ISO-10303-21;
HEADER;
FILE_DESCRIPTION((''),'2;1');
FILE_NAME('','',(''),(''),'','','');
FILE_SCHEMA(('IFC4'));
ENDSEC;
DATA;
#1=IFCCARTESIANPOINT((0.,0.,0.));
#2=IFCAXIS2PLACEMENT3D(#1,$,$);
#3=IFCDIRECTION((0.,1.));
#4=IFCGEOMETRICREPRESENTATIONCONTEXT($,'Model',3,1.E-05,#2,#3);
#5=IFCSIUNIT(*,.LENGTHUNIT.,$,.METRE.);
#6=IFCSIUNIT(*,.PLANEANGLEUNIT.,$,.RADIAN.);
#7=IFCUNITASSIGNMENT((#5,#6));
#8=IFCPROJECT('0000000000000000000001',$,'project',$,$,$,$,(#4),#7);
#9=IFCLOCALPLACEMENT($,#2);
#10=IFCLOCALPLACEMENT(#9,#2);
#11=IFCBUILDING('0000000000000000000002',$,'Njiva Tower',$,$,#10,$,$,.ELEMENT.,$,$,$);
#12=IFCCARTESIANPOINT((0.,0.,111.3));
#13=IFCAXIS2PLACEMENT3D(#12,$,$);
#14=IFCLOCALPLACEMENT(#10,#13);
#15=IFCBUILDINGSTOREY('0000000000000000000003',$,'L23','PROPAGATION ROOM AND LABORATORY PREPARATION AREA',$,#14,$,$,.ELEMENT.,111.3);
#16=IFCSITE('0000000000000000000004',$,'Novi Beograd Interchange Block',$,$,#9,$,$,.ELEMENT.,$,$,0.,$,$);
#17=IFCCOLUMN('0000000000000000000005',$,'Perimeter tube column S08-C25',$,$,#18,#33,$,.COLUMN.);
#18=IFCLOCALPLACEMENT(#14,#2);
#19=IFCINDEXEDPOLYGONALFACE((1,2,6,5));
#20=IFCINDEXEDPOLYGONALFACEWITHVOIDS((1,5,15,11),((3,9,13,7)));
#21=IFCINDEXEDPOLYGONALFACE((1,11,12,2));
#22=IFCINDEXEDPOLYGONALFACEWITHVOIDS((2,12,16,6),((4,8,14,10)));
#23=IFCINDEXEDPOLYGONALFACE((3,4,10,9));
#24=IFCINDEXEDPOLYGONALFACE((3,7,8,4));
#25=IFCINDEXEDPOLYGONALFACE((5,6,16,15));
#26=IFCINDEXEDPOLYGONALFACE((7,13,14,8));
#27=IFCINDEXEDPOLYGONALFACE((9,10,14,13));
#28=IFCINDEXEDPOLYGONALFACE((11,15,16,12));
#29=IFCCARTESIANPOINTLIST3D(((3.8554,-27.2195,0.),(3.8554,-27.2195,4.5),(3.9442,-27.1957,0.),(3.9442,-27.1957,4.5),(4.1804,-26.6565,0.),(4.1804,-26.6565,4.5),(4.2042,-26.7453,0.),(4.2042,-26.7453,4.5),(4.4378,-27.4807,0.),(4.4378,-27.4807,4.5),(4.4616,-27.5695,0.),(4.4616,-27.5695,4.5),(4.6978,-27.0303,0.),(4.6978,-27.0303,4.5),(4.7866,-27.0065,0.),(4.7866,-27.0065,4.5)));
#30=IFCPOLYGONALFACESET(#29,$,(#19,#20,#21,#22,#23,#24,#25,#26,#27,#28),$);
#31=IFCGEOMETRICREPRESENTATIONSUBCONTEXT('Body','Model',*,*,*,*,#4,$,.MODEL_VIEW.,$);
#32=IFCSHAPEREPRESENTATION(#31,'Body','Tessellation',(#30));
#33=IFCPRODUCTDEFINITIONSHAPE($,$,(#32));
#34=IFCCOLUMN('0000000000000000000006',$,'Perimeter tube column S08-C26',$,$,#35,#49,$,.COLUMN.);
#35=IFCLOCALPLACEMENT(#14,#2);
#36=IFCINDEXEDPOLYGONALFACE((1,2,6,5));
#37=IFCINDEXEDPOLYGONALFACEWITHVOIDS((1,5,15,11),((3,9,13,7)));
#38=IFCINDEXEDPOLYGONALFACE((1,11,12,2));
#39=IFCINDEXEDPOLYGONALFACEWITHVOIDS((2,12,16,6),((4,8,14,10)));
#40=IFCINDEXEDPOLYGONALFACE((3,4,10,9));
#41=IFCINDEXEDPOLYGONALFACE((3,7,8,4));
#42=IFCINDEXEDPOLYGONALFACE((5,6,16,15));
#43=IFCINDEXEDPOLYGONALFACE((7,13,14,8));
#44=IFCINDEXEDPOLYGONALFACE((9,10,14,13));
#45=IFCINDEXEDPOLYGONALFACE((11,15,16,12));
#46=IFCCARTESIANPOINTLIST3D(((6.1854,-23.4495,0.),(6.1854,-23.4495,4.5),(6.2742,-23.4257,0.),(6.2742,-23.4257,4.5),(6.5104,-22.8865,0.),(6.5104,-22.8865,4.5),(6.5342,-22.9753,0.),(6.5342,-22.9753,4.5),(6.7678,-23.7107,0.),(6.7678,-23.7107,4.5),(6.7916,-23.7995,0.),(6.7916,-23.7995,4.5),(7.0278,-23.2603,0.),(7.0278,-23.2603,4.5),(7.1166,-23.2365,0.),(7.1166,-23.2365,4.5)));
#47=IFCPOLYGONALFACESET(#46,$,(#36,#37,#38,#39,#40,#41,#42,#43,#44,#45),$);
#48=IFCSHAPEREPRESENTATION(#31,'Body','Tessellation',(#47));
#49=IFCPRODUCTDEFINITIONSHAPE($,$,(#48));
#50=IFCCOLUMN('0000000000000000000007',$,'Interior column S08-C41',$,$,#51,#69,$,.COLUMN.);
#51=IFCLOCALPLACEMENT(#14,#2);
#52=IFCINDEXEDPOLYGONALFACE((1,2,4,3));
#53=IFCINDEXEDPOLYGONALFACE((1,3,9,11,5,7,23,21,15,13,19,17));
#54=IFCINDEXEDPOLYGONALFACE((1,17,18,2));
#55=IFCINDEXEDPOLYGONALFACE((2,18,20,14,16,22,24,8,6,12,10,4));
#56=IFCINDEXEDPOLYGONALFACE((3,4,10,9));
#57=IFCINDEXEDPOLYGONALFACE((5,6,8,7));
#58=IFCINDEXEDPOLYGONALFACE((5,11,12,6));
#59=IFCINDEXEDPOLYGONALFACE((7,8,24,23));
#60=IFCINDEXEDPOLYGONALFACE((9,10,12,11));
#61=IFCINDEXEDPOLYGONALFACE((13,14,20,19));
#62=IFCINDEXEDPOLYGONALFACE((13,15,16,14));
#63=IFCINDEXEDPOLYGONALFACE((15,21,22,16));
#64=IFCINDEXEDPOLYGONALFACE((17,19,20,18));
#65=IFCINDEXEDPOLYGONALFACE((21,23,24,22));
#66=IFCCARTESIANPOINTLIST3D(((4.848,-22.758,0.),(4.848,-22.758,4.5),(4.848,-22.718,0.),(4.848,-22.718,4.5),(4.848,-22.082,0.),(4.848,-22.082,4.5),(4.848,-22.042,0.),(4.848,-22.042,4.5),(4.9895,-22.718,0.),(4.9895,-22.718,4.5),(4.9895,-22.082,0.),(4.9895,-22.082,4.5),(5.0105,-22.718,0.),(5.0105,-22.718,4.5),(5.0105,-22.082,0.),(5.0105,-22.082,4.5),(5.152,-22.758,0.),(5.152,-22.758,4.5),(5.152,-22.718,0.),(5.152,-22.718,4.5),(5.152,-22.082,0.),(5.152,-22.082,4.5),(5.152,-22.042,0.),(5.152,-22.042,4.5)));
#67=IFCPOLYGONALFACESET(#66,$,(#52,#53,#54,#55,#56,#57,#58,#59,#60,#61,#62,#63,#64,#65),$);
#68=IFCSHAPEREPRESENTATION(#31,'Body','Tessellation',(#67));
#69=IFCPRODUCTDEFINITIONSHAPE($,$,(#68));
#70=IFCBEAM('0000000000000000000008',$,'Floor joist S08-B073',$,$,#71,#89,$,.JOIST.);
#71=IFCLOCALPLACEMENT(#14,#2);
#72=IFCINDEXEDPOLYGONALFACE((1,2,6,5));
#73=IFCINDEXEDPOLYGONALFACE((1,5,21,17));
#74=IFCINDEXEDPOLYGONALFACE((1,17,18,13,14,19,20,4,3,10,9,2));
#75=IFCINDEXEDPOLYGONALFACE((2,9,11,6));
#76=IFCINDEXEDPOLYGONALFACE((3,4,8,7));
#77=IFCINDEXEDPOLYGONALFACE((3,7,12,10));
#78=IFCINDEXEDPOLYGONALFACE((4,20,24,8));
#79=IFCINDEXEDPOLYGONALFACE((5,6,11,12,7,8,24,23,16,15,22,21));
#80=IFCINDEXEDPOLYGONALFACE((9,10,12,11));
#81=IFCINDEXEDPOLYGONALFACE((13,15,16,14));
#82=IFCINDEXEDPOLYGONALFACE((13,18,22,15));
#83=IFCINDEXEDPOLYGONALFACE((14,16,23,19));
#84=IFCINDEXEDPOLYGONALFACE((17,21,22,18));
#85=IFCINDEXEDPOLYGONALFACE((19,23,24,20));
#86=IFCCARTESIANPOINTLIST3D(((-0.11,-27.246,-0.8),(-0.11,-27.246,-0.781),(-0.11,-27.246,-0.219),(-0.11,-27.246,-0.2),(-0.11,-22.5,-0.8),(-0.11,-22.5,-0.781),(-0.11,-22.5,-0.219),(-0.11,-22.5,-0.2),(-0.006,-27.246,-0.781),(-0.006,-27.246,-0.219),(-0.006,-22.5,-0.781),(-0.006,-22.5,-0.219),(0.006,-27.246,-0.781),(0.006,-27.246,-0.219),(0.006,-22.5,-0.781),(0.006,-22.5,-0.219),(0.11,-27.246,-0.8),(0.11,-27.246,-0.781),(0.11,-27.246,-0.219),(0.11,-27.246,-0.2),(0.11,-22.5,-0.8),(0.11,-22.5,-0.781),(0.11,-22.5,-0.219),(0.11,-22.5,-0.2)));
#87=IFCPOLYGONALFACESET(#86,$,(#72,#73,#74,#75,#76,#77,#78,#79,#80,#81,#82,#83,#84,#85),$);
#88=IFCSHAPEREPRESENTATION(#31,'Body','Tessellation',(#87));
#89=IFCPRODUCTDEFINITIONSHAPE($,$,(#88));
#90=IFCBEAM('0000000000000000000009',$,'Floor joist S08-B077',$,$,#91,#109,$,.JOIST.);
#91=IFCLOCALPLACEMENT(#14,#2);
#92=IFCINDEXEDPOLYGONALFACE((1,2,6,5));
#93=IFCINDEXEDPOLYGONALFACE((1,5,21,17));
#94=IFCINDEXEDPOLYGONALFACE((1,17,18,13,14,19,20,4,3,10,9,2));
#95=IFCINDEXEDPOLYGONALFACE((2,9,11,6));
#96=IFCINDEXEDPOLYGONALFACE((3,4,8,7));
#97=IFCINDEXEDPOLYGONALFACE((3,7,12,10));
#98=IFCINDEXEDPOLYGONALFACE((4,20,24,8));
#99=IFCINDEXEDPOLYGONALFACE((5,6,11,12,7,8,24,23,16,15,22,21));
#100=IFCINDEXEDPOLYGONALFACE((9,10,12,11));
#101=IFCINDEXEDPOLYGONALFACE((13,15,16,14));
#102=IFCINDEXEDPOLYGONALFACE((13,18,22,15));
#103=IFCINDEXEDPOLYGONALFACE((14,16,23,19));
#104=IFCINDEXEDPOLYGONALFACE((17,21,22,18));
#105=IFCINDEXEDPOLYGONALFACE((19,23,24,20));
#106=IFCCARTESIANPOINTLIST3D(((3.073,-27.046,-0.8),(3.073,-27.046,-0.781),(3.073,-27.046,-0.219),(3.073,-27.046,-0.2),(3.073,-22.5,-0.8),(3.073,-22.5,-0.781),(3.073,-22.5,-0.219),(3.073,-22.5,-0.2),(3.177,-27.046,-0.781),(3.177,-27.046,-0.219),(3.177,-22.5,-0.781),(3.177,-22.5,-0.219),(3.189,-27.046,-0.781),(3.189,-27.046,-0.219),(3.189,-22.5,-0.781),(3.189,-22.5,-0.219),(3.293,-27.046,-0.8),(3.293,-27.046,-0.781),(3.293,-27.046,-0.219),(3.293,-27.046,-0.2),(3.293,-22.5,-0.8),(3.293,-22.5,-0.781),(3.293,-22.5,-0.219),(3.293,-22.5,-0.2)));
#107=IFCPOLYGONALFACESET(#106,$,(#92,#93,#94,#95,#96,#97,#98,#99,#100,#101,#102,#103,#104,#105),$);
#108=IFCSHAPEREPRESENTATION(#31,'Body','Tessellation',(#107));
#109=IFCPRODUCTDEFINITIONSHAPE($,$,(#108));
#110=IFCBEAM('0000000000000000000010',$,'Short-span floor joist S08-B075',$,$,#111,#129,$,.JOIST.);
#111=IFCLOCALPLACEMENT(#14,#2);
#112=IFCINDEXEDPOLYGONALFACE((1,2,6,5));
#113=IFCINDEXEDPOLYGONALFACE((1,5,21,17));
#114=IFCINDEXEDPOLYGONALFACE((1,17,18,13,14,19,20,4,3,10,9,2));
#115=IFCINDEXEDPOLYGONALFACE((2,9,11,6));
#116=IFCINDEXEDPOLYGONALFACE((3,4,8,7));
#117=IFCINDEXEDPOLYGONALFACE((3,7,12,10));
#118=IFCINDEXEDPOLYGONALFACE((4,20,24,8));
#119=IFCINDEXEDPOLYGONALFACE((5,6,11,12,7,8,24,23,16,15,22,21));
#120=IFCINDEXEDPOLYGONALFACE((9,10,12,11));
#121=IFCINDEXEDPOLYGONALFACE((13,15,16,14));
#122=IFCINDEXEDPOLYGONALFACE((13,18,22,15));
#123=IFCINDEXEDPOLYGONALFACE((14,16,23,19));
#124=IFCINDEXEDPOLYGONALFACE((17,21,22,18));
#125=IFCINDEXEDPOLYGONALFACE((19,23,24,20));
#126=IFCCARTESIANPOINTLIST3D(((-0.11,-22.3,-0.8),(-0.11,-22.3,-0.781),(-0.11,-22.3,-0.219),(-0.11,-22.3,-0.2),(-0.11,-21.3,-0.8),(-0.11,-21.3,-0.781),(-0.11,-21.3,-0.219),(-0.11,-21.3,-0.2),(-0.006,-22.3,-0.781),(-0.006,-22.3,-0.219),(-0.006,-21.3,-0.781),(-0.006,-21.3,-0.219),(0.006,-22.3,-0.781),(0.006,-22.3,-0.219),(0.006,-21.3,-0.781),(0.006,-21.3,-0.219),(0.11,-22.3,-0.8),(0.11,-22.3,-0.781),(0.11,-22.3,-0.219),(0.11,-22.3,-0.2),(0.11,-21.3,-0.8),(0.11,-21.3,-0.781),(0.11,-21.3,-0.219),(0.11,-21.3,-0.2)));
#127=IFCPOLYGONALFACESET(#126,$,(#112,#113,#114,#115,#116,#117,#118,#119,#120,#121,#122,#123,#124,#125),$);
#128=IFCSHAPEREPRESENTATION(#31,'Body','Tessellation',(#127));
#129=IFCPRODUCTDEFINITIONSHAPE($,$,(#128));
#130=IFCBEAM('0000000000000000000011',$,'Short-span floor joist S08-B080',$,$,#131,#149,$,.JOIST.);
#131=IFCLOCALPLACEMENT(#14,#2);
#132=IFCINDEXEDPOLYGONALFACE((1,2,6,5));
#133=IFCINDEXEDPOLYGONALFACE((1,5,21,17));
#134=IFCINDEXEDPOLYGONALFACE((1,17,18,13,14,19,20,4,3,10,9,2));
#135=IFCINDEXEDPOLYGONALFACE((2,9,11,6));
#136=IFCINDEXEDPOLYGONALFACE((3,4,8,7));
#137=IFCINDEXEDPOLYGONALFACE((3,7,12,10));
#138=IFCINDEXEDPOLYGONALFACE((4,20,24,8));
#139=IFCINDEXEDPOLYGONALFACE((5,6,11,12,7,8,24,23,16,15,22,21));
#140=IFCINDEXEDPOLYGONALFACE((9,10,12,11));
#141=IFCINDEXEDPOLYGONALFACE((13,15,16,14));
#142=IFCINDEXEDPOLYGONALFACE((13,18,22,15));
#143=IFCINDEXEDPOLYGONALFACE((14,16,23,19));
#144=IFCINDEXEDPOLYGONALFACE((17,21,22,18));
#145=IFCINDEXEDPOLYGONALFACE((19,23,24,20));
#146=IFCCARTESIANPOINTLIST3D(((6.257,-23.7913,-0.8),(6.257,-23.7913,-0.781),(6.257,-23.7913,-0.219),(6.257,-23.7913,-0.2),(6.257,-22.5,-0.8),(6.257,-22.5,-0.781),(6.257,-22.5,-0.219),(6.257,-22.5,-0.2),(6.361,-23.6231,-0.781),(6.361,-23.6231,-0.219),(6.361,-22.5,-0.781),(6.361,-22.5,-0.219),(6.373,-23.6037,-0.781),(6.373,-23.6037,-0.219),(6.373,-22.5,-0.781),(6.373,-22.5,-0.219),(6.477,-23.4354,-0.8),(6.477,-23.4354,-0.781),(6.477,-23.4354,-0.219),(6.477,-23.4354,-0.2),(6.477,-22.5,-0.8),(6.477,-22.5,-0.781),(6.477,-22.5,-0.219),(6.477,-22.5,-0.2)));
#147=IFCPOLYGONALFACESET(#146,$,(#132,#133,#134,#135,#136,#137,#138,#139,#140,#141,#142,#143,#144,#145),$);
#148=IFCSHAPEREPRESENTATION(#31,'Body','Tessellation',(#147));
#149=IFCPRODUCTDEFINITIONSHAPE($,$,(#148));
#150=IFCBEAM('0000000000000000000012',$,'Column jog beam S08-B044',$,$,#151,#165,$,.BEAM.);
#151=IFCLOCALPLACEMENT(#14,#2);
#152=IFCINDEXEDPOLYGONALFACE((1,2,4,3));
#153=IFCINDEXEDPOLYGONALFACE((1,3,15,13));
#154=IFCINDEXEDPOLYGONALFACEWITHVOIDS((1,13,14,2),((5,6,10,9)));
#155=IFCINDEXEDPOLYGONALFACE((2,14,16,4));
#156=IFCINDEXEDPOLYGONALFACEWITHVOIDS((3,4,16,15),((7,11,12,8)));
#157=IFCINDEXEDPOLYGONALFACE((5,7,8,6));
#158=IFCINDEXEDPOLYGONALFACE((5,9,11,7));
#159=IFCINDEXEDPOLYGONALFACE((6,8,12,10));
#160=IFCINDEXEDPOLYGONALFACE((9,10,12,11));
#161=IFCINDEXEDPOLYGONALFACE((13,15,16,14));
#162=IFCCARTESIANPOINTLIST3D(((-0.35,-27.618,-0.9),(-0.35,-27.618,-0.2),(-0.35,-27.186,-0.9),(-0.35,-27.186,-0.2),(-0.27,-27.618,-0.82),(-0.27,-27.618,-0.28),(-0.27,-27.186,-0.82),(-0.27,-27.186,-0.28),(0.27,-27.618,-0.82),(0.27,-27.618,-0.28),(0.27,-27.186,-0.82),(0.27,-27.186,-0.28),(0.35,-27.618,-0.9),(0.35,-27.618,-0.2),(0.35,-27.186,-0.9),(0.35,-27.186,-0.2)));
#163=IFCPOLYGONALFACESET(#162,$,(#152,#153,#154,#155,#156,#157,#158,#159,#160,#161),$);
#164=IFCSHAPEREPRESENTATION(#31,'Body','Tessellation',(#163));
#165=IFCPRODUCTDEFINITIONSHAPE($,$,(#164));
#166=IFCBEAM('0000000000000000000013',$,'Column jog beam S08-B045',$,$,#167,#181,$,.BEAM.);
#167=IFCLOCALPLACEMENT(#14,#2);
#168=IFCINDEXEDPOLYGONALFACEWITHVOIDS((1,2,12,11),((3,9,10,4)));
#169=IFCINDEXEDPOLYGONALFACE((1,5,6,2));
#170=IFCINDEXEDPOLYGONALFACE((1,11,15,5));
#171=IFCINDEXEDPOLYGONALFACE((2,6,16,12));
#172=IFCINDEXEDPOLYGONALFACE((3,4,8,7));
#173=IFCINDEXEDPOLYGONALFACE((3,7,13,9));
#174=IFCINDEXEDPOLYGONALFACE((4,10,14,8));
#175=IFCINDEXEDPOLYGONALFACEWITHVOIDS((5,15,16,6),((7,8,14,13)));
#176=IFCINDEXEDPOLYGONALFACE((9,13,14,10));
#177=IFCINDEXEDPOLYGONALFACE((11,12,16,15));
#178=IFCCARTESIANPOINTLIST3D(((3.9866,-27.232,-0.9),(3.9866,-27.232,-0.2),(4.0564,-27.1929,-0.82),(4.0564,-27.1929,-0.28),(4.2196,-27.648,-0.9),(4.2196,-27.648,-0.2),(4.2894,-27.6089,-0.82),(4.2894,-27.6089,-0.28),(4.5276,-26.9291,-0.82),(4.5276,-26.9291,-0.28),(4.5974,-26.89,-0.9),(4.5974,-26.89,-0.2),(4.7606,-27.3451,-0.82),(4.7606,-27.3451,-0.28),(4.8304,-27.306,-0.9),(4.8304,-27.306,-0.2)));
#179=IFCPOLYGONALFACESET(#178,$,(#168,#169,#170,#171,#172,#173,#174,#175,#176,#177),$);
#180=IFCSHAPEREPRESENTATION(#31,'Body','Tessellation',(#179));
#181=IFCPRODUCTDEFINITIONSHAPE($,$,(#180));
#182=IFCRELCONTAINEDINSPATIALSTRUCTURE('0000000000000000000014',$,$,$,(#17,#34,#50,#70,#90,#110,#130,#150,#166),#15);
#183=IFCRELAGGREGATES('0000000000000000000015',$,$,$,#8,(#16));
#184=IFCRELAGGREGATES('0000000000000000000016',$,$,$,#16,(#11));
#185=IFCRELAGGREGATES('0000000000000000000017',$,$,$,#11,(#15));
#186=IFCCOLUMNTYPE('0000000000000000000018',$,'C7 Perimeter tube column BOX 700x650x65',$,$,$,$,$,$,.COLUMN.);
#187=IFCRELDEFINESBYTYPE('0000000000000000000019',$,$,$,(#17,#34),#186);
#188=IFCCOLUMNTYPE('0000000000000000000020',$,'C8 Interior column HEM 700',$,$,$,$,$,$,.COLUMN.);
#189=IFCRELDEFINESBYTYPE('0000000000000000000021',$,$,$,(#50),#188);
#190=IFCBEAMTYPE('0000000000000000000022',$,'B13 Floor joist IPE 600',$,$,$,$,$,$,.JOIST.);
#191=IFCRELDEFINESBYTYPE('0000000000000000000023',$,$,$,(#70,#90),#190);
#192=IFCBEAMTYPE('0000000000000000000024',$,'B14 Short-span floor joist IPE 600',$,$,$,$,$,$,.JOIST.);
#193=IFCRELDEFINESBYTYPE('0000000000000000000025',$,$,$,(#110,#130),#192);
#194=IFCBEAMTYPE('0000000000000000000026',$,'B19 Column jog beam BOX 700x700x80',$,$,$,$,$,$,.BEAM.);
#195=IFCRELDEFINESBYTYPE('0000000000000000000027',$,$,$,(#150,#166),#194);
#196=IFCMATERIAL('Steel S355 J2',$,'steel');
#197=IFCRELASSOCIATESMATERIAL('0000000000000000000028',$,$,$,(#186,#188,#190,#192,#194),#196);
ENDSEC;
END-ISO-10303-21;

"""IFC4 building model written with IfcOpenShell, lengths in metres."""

from ifc_helpers import new_model, si_unit, direction, frame, origin, origin_2d, place, context, subcontext, project, spatial, hollow_rectangle, i_section, extrude, clip, halfspace, material, material_profile, profile_set, type_object, element, save


model = new_model("IFC4")

# Units and contexts
model_context = context("Model", 3, precision=1e-05, world=origin(), true_north=direction((0.0, 1.0)))
body_context = subcontext(model_context, "Body", "Model", "MODEL_VIEW")
ifc_project = project(units=[si_unit("LENGTHUNIT", "METRE"), si_unit("PLANEANGLEUNIT", "RADIAN")], contexts=[model_context])

# Site, building, storey
site_placement = place(None, origin())
site = spatial("IfcSite", under=ifc_project, at=site_placement, Name="Novi Beograd Interchange Block", CompositionType="ELEMENT", RefElevation=0.0)
building_placement = place(site_placement, origin())
building = spatial("IfcBuilding", under=site, at=building_placement, Name="Njiva Tower", CompositionType="ELEMENT")
storey_placement = place(building_placement, frame((0.0, 0.0, 111.3)))
storey = spatial("IfcBuildingStorey", under=building, at=storey_placement, Name="L23", Description="PROPAGATION ROOM AND LABORATORY PREPARATION AREA", CompositionType="ELEMENT", Elevation=111.3)

# Columns
ifc_material_1 = material(Name="Steel S355 J2", Category="steel")
ifc_material_profile_1 = material_profile(ifc_material_1, hollow_rectangle(XDim=0.65, YDim=0.7, WallThickness=0.065, at=origin_2d()), Name="BOX 700x650x65")
ifc_profile_set_1 = profile_set([ifc_material_profile_1], Name="Steel S355 J2")
column_type_1 = type_object("IfcColumnType", Name="C7 Perimeter tube column BOX 700x650x65", PredefinedType="COLUMN", material=ifc_profile_set_1)
for number, where, z_axis, x_axis, name in (
    (1, (4.321, -27.113, 0.0), (0.0, 0.0, 1.0), (0.5, 0.866025, 0.0), "Perimeter tube column S08-C25"),
    (2, (6.651, -23.343, 0.0), (0.0, 0.0, 1.0), (0.5, 0.866025, 0.0), "Perimeter tube column S08-C26"),
):
    element("IfcColumn", number, at=place(storey_placement, frame(where, z_axis=z_axis, x_axis=x_axis)), inside=storey, type_object=column_type_1, Name=name, PredefinedType="COLUMN", context=body_context, shape_type="SweptSolid", body=[
        extrude(hollow_rectangle(XDim=0.65, YDim=0.7, WallThickness=0.065, at=origin_2d()), origin(), (0.0, 0.0, 1.0), 4.5),
    ])
ifc_material_profile_2 = material_profile(ifc_material_1, i_section(OverallWidth=0.304, OverallDepth=0.716, WebThickness=0.021, FlangeThickness=0.04, at=origin_2d()), Name="HEM 700")
ifc_profile_set_2 = profile_set([ifc_material_profile_2], Name="Steel S355 J2")
column_type_2 = type_object("IfcColumnType", Name="C8 Interior column HEM 700", PredefinedType="COLUMN", material=ifc_profile_set_2)
column_placement = place(storey_placement, frame((5.0, -22.4, 0.0), z_axis=(0.0, 0.0, 1.0), x_axis=(1.0, 0.0, 0.0)))
element("IfcColumn", 3, at=column_placement, inside=storey, type_object=column_type_2, Name="Interior column S08-C41", PredefinedType="COLUMN", context=body_context, shape_type="SweptSolid", body=[
    extrude(i_section(OverallWidth=0.304, OverallDepth=0.716, WebThickness=0.021, FlangeThickness=0.04, at=origin_2d()), origin(), (0.0, 0.0, 1.0), 4.5),
])

# Beams
ifc_material_profile_3 = material_profile(ifc_material_1, i_section(OverallWidth=0.22, OverallDepth=0.6, WebThickness=0.012, FlangeThickness=0.019, at=origin_2d()), Name="IPE 600")
ifc_profile_set_3 = profile_set([ifc_material_profile_3], Name="Steel S355 J2")
beam_type_1 = type_object("IfcBeamType", Name="B13 Floor joist IPE 600", PredefinedType="JOIST", material=ifc_profile_set_3)
beam_1_placement = place(storey_placement, frame((0.0, -22.5, -0.5), z_axis=(0.0, -1.0, 0.0), x_axis=(1.0, 0.0, 0.0)))
element("IfcBeam", 4, at=beam_1_placement, inside=storey, type_object=beam_type_1, Name="Floor joist S08-B073", PredefinedType="JOIST", context=body_context, shape_type="SweptSolid", body=[
    extrude(i_section(OverallWidth=0.22, OverallDepth=0.6, WebThickness=0.012, FlangeThickness=0.019, at=origin_2d()), origin(), (0.0, 0.0, 1.0), 4.746),
])
beam_2_placement = place(storey_placement, frame((3.183, -22.5, -0.5), z_axis=(0.0, -1.0, 0.0), x_axis=(1.0, 0.0, 0.0)))
element("IfcBeam", 5, at=beam_2_placement, inside=storey, type_object=beam_type_1, Name="Floor joist S08-B077", PredefinedType="JOIST", context=body_context, shape_type="SweptSolid", body=[
    extrude(i_section(OverallWidth=0.22, OverallDepth=0.6, WebThickness=0.012, FlangeThickness=0.019, at=origin_2d()), origin(), (0.0, 0.0, 1.0), 4.546),
])
ifc_material_profile_4 = material_profile(ifc_material_1, i_section(OverallWidth=0.22, OverallDepth=0.6, WebThickness=0.012, FlangeThickness=0.019, at=origin_2d()), Name="IPE 600")
ifc_profile_set_4 = profile_set([ifc_material_profile_4], Name="Steel S355 J2")
beam_type_2 = type_object("IfcBeamType", Name="B14 Short-span floor joist IPE 600", PredefinedType="JOIST", material=ifc_profile_set_4)
beam_3_placement = place(storey_placement, frame((0.0, -21.3, -0.5), z_axis=(0.0, -1.0, 0.0), x_axis=(1.0, 0.0, 0.0)))
element("IfcBeam", 6, at=beam_3_placement, inside=storey, type_object=beam_type_2, Name="Short-span floor joist S08-B075", PredefinedType="JOIST", context=body_context, shape_type="SweptSolid", body=[
    extrude(i_section(OverallWidth=0.22, OverallDepth=0.6, WebThickness=0.012, FlangeThickness=0.019, at=origin_2d()), origin(), (0.0, 0.0, 1.0), 1.0),
])
beam_4_placement = place(storey_placement, frame((6.367, -22.5, -0.5), z_axis=(0.0, -1.0, 0.0), x_axis=(1.0, 0.0, 0.0)))
element("IfcBeam", 7, at=beam_4_placement, inside=storey, type_object=beam_type_2, Name="Short-span floor joist S08-B080", PredefinedType="JOIST", context=body_context, shape_type="Clipping", body=[
    clip(extrude(i_section(OverallWidth=0.22, OverallDepth=0.6, WebThickness=0.012, FlangeThickness=0.019, at=origin_2d()), origin(), (0.0, 0.0, 1.0), 1.312), halfspace(frame((0.0422, 0.0, 1.0451), z_axis=(0.850616, 0.0, 0.525788), x_axis=(0.0, 1.0, 0.0)), False)),
])
ifc_material_profile_5 = material_profile(ifc_material_1, hollow_rectangle(XDim=0.7, YDim=0.7, WallThickness=0.08, at=origin_2d()), Name="BOX 700x700x80")
ifc_profile_set_5 = profile_set([ifc_material_profile_5], Name="Steel S355 J2")
beam_type_3 = type_object("IfcBeamType", Name="B19 Column jog beam BOX 700x700x80", PredefinedType="BEAM", material=ifc_profile_set_5)
beam_5_placement = place(storey_placement, frame((0.0, -27.618, -0.55), z_axis=(0.0, 1.0, 0.0), x_axis=(-1.0, 0.0, 0.0)))
element("IfcBeam", 8, at=beam_5_placement, inside=storey, type_object=beam_type_3, Name="Column jog beam S08-B044", PredefinedType="BEAM", context=body_context, shape_type="SweptSolid", body=[
    extrude(hollow_rectangle(XDim=0.7, YDim=0.7, WallThickness=0.08, at=origin_2d()), origin(), (0.0, 0.0, 1.0), 0.432),
])
beam_6_placement = place(storey_placement, frame((4.525, -27.477, -0.55), z_axis=(-0.488667, 0.87247, 0.0), x_axis=(-0.87247, -0.488667, 0.0)))
element("IfcBeam", 9, at=beam_6_placement, inside=storey, type_object=beam_type_3, Name="Column jog beam S08-B045", PredefinedType="BEAM", context=body_context, shape_type="SweptSolid", body=[
    extrude(hollow_rectangle(XDim=0.7, YDim=0.7, WallThickness=0.08, at=origin_2d()), origin(), (0.0, 0.0, 1.0), 0.4768),
])

save(model, "model.ifc")
